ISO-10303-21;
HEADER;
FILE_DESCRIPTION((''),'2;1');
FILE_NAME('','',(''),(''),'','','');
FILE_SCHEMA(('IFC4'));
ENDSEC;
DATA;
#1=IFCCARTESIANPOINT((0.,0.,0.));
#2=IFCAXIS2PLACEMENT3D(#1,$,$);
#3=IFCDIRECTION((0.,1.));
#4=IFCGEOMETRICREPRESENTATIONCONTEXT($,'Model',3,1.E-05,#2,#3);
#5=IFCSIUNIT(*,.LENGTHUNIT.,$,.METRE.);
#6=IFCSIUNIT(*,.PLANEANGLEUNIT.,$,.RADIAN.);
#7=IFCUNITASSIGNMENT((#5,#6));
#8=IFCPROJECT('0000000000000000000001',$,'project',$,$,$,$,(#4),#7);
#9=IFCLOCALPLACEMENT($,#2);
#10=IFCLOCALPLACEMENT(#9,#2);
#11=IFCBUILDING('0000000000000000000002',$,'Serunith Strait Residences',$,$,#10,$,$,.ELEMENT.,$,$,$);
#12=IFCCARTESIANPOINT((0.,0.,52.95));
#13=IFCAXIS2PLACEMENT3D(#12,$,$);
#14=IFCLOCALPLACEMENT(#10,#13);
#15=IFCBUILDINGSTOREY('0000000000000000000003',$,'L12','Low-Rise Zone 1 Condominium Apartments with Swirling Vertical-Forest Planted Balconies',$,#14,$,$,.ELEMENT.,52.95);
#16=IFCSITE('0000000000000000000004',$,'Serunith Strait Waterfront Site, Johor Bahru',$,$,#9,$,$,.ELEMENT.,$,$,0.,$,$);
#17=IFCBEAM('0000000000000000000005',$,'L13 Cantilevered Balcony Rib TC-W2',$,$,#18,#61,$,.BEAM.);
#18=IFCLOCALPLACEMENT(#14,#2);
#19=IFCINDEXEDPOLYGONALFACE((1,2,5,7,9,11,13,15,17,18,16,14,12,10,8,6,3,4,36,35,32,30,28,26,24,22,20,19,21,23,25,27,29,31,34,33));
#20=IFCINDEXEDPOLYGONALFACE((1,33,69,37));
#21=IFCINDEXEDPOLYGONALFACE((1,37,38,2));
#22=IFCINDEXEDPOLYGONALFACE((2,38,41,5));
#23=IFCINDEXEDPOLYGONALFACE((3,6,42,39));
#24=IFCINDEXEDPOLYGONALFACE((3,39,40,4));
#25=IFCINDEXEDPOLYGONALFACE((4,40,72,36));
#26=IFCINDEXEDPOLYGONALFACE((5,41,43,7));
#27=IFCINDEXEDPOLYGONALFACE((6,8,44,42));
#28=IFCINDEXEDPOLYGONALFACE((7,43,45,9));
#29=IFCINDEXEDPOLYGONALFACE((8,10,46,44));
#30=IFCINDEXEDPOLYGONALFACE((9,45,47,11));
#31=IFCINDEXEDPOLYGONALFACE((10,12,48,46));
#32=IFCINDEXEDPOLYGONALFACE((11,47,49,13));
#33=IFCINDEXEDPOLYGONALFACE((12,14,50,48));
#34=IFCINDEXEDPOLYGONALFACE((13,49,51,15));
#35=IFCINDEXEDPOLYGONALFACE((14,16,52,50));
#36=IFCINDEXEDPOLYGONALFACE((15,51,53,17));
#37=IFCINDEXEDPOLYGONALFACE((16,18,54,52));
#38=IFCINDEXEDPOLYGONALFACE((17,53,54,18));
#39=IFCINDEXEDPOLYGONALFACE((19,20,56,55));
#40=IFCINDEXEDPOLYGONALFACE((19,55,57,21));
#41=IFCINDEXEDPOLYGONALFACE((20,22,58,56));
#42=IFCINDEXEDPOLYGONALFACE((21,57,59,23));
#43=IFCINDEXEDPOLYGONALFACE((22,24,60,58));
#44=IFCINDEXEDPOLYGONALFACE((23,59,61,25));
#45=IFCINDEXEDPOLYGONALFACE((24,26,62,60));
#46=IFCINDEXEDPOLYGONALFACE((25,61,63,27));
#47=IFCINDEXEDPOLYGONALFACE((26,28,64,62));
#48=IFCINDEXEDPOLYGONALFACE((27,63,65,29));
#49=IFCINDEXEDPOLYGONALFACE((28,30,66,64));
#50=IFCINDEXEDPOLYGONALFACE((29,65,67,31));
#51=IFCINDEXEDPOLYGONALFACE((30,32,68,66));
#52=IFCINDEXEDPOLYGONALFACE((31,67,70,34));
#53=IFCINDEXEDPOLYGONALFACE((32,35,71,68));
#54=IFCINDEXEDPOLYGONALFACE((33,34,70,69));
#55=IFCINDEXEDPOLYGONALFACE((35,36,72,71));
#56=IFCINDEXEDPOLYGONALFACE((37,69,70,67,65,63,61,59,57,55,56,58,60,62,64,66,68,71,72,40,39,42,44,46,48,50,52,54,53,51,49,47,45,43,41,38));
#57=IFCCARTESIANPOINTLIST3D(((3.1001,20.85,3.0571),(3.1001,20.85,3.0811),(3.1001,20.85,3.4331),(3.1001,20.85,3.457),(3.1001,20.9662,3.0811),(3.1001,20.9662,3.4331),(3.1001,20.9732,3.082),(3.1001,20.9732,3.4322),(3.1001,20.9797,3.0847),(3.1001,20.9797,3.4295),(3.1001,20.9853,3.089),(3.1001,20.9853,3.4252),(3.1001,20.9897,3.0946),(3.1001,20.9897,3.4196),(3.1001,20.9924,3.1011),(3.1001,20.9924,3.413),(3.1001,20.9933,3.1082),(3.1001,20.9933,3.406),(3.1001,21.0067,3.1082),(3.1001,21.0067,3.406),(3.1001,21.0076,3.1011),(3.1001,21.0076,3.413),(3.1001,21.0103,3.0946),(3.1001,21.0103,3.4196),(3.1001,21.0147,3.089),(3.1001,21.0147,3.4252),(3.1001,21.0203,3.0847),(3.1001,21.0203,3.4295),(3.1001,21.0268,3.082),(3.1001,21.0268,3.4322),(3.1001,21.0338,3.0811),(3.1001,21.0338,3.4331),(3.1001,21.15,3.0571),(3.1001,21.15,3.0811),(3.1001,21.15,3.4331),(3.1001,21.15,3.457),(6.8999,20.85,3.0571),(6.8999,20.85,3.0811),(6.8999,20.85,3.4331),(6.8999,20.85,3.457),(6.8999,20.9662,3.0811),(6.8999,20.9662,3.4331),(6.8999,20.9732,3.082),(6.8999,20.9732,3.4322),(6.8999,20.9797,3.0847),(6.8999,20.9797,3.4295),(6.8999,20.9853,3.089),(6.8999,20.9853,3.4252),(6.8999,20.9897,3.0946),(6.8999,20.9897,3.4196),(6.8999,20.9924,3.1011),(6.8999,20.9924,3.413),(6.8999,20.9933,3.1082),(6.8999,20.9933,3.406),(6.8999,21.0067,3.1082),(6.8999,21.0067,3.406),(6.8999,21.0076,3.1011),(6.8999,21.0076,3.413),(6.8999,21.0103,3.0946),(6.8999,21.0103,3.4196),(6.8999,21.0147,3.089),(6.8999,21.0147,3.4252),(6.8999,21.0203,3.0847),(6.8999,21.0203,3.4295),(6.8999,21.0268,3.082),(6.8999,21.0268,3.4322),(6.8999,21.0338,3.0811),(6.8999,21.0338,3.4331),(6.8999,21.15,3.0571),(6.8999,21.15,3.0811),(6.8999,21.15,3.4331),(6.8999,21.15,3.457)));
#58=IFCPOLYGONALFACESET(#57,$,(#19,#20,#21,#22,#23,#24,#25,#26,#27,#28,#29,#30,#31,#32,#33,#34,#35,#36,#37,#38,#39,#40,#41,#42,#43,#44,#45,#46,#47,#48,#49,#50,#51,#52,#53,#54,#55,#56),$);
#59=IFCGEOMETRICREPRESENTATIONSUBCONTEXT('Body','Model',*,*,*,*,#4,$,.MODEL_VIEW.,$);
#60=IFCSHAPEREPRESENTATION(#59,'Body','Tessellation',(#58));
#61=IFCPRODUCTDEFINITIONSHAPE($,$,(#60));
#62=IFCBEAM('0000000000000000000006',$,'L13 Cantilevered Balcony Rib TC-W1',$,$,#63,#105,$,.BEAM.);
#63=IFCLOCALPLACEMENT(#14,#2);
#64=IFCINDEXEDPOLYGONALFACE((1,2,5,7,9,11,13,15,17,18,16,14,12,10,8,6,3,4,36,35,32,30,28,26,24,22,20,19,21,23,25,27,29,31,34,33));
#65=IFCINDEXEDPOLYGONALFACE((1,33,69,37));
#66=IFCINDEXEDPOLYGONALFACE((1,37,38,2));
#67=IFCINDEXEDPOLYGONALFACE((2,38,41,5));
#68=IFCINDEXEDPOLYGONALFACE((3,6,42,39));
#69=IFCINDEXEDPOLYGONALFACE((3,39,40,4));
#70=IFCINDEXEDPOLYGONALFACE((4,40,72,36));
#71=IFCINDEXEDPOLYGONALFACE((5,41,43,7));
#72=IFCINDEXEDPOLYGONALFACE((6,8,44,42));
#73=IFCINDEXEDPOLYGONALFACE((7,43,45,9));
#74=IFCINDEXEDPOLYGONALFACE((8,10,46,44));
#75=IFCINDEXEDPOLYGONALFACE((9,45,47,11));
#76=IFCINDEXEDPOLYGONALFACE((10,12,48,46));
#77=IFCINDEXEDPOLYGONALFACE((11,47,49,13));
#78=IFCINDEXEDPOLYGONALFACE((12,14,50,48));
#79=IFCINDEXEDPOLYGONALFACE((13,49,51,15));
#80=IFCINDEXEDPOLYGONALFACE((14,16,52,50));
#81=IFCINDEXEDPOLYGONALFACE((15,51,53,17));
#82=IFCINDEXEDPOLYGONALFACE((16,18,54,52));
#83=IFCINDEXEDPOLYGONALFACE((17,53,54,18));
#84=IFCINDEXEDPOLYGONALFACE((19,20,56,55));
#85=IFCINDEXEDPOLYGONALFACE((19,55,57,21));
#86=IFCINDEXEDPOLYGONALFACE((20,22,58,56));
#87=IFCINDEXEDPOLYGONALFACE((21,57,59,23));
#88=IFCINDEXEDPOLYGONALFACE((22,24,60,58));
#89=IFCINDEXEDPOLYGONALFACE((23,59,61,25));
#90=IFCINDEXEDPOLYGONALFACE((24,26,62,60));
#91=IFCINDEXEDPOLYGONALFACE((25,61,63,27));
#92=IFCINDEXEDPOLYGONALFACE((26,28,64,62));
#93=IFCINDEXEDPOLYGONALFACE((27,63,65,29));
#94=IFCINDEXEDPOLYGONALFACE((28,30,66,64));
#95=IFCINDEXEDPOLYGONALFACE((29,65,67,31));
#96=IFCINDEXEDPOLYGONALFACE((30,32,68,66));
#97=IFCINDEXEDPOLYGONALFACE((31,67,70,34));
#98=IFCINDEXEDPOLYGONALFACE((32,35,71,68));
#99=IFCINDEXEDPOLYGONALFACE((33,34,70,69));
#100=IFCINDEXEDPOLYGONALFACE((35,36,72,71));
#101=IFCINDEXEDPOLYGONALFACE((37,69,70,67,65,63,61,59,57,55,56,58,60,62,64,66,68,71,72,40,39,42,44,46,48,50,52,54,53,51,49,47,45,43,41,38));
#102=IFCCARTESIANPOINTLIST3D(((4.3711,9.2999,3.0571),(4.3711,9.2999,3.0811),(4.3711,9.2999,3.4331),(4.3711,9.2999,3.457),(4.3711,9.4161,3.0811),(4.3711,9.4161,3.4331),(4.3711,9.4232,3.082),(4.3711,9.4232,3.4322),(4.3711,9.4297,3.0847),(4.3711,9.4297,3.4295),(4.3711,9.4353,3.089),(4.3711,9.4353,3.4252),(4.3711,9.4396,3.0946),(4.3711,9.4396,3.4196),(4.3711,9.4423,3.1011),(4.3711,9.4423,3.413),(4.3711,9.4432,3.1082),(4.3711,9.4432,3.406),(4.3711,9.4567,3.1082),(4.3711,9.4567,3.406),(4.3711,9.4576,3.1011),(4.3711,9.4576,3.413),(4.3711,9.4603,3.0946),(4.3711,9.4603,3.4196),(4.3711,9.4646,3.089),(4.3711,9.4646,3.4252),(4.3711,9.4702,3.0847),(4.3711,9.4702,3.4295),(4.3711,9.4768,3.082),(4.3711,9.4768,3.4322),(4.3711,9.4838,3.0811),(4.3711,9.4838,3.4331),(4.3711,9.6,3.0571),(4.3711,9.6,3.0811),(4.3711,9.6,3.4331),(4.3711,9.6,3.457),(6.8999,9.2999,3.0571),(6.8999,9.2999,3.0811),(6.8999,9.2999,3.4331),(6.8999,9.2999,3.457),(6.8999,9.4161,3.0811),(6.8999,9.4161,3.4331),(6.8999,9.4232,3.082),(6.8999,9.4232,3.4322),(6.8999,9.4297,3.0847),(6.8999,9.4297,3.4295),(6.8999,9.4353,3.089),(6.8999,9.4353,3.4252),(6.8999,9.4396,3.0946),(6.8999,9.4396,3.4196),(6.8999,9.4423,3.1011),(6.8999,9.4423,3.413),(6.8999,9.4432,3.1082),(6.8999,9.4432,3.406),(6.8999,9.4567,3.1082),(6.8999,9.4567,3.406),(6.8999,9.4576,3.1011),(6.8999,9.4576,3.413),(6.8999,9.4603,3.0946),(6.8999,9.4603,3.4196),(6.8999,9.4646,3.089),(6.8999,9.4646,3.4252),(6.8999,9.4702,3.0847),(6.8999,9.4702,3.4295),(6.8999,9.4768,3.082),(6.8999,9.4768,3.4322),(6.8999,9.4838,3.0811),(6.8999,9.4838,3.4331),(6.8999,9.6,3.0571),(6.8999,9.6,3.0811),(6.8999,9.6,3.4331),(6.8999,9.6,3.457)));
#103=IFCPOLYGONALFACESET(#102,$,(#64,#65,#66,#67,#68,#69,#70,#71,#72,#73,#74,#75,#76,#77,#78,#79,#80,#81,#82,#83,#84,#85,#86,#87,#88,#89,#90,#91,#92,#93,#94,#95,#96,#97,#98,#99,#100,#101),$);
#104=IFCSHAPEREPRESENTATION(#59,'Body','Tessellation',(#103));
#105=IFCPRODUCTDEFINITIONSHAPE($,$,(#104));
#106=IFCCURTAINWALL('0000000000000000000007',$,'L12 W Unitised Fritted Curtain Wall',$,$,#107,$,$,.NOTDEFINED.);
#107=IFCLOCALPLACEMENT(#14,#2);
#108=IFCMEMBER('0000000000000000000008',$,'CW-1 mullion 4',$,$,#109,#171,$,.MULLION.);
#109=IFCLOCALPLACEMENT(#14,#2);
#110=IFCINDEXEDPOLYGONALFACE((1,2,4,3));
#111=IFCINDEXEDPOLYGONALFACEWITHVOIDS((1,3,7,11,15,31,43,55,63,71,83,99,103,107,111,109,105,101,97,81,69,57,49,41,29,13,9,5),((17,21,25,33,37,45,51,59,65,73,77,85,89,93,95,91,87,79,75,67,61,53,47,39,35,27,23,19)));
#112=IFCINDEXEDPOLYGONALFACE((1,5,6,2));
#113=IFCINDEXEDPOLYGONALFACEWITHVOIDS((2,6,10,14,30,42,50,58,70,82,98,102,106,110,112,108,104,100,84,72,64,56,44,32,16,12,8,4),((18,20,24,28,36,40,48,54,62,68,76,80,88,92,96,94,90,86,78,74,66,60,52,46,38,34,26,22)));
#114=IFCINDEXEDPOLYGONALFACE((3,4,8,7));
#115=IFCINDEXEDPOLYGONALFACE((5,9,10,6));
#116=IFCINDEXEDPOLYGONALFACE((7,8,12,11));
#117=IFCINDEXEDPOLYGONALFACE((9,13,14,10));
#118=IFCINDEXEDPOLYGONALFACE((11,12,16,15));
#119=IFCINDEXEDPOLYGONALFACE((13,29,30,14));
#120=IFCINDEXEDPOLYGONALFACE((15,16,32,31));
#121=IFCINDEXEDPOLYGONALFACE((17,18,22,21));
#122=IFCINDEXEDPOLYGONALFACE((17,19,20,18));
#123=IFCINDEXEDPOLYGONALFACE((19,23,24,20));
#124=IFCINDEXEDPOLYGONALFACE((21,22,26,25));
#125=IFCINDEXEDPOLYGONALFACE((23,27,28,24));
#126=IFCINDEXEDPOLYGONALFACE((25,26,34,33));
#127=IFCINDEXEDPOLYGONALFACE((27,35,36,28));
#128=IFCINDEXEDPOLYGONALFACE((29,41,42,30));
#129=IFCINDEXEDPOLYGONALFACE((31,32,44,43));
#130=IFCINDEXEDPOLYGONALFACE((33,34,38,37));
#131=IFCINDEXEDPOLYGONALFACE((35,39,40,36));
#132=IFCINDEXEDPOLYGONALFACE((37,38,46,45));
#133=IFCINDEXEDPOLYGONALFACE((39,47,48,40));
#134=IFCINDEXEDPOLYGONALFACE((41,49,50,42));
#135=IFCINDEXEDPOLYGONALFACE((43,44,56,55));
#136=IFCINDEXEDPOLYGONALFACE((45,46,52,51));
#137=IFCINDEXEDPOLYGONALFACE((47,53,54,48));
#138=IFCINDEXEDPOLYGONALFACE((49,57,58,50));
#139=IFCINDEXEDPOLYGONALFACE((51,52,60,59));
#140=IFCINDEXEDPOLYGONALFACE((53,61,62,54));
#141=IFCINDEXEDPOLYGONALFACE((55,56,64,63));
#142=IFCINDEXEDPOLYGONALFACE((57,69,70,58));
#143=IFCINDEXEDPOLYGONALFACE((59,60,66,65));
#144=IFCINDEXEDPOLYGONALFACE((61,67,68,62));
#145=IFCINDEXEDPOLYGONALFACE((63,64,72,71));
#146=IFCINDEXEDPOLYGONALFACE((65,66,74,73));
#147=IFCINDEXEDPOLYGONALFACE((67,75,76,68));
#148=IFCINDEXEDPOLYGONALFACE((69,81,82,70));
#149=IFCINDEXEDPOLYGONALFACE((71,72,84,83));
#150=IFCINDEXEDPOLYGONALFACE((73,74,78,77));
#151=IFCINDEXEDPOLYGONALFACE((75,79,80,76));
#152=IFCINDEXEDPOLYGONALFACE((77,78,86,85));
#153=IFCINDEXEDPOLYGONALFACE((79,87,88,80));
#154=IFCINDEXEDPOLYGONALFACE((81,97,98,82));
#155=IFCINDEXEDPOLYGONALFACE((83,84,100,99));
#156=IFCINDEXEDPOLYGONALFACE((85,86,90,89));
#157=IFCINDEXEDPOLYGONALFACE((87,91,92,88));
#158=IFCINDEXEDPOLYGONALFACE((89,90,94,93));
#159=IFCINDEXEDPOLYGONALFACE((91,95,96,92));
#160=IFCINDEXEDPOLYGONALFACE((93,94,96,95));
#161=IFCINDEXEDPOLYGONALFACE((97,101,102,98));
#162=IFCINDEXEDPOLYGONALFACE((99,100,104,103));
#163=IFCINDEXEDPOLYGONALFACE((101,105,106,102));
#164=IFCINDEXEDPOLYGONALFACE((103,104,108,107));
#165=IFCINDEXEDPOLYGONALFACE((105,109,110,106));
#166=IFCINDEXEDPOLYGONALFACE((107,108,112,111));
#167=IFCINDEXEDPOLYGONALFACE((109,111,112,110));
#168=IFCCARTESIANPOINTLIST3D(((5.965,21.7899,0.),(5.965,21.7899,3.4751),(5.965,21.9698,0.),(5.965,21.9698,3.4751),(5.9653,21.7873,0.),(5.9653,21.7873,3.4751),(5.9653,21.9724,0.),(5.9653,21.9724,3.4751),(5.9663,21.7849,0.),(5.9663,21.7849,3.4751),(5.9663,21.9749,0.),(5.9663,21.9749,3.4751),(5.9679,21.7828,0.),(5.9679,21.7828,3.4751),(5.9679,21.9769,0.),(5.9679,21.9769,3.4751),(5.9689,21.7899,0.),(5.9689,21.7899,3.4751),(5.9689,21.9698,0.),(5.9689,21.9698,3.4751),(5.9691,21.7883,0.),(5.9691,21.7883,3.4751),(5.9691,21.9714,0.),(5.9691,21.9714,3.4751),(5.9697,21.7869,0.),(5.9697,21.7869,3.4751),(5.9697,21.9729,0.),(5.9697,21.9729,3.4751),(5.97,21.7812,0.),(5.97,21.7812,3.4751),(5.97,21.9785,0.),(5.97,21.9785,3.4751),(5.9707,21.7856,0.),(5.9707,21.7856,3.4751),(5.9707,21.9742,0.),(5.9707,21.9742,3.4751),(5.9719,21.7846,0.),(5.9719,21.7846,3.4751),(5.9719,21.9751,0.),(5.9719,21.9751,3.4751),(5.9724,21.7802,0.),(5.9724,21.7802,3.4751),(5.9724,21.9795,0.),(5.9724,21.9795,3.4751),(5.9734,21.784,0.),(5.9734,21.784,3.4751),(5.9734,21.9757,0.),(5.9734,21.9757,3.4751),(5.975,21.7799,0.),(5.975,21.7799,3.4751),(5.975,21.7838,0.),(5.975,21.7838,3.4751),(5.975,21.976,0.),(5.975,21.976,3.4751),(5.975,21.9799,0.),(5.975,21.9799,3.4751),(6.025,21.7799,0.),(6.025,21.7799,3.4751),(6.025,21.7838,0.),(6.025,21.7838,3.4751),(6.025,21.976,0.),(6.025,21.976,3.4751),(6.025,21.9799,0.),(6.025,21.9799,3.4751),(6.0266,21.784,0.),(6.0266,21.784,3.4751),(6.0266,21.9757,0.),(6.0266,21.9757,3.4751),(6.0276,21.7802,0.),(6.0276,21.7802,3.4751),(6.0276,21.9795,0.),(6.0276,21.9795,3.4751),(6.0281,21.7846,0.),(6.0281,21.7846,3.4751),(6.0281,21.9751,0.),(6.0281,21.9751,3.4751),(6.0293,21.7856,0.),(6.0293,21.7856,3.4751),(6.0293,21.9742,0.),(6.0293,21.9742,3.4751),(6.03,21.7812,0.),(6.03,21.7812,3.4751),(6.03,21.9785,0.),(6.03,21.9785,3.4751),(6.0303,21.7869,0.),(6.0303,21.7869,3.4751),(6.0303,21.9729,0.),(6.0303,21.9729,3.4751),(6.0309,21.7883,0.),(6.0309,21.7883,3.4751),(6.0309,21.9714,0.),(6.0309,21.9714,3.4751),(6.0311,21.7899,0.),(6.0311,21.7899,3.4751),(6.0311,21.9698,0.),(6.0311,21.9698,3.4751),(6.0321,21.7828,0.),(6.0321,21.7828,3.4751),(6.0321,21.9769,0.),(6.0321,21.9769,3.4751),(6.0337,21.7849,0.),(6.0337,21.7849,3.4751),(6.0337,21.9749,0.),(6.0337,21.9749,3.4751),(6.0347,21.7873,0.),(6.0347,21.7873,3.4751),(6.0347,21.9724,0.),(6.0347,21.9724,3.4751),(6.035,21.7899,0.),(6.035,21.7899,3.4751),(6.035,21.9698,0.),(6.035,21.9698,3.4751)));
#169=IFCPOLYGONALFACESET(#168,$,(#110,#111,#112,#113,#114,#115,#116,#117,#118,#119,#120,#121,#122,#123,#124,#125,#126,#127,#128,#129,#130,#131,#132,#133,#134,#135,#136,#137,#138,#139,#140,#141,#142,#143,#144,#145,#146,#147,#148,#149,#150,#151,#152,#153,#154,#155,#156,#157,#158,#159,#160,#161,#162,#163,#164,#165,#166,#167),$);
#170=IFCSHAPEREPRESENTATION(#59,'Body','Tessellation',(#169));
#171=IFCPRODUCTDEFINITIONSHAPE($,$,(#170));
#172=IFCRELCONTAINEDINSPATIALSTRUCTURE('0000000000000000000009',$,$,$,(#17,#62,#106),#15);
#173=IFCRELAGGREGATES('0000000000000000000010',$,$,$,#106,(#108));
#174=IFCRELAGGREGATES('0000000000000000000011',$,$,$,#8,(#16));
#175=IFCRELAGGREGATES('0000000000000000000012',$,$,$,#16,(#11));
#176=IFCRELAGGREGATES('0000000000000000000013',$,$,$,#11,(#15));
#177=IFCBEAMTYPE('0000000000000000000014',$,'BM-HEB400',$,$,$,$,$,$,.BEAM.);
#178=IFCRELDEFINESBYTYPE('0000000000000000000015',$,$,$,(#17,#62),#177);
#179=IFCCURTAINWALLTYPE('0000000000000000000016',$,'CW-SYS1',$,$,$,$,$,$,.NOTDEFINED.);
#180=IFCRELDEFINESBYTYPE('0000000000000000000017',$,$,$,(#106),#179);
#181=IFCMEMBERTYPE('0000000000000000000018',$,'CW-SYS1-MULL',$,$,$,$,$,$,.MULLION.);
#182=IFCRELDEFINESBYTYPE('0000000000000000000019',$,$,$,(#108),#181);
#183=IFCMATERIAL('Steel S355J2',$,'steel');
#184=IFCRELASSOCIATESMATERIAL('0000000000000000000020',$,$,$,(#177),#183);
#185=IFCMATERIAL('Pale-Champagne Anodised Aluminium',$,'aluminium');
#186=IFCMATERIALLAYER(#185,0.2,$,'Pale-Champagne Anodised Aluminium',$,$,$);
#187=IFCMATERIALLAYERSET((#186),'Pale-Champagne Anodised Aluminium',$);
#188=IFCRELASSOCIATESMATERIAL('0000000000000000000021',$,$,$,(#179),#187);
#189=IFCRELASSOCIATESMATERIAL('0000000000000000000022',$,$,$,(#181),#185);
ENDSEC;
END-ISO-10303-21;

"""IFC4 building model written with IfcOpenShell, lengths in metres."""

from ifc_helpers import new_model, si_unit, direction, frame, origin, origin_2d, place, context, subcontext, project, spatial, hollow_rectangle, i_section, extrude, source, transform, mapped, material, layer, layer_set, material_profile, profile_set, type_object, element, aggregate, save


model = new_model("IFC4")

# Units and contexts
model_context = context("Model", 3, precision=1e-05, world=origin(), true_north=direction((0.0, 1.0)))
body_context = subcontext(model_context, "Body", "Model", "MODEL_VIEW")
ifc_project = project(units=[si_unit("LENGTHUNIT", "METRE"), si_unit("PLANEANGLEUNIT", "RADIAN")], contexts=[model_context])

# Site, building, storey
site_placement = place(None, origin())
site = spatial("IfcSite", under=ifc_project, at=site_placement, Name="Serunith Strait Waterfront Site, Johor Bahru", CompositionType="ELEMENT", RefElevation=0.0)
building_placement = place(site_placement, origin())
building = spatial("IfcBuilding", under=site, at=building_placement, Name="Serunith Strait Residences", CompositionType="ELEMENT")
storey_placement = place(building_placement, frame((0.0, 0.0, 52.95)))
storey = spatial("IfcBuildingStorey", under=building, at=storey_placement, Name="L12", Description="Low-Rise Zone 1 Condominium Apartments with Swirling Vertical-Forest Planted Balconies", CompositionType="ELEMENT", Elevation=52.95)

# Beams
ifc_material_1 = material(Name="Steel S355J2", Category="steel")
ifc_material_profile_1 = material_profile(ifc_material_1, i_section(OverallWidth=0.3, OverallDepth=0.3999, WebThickness=0.0134, FlangeThickness=0.0239, FilletRadius=0.0271, at=origin_2d()), Name="HEB 400")
ifc_profile_set_1 = profile_set([ifc_material_profile_1], Name="Steel S355J2")
beam_type_1 = type_object("IfcBeamType", Name="BM-HEB400", PredefinedType="BEAM", material=ifc_profile_set_1)
shared_shape_1 = source(origin(), body_context, "Body", "SweptSolid", [
    extrude(i_section(OverallWidth=0.3, OverallDepth=0.3999, WebThickness=0.0134, FlangeThickness=0.0239, FilletRadius=0.0271, at=origin_2d()), origin(), (0.0, 0.0, 1.0), 3.7998),
])
beam_1_placement = place(storey_placement, frame((6.8999, 21.0, 3.2571), z_axis=(-1.0, 0.0, 0.0), x_axis=(0.0, -1.0, 0.0)))
element("IfcBeam", 1, at=beam_1_placement, inside=storey, type_object=beam_type_1, Name="L13 Cantilevered Balcony Rib TC-W2", PredefinedType="BEAM", context=body_context, shape_type="MappedRepresentation", body=[
    mapped(shared_shape_1, transform((0.0, 0.0, 0.0), scale=1.0)),
])
shared_shape_2 = source(origin(), body_context, "Body", "SweptSolid", [
    extrude(i_section(OverallWidth=0.3, OverallDepth=0.3999, WebThickness=0.0134, FlangeThickness=0.0239, FilletRadius=0.0271, at=origin_2d()), origin(), (0.0, 0.0, 1.0), 2.5288),
])
beam_2_placement = place(storey_placement, frame((6.8999, 9.45, 3.2571), z_axis=(-1.0, 0.0, 0.0), x_axis=(0.0, -1.0, 0.0)))
element("IfcBeam", 2, at=beam_2_placement, inside=storey, type_object=beam_type_1, Name="L13 Cantilevered Balcony Rib TC-W1", PredefinedType="BEAM", context=body_context, shape_type="MappedRepresentation", body=[
    mapped(shared_shape_2, transform((0.0, 0.0, 0.0), scale=1.0)),
])

# Curtain wall, member
ifc_material_2 = material(Name="Pale-Champagne Anodised Aluminium", Category="aluminium")
ifc_layer_1 = layer(ifc_material_2, 0.2, Name="Pale-Champagne Anodised Aluminium")
ifc_layer_set_1 = layer_set([ifc_layer_1], Name="Pale-Champagne Anodised Aluminium")
curtain_wall_type = type_object("IfcCurtainWallType", Name="CW-SYS1", PredefinedType="NOTDEFINED", material=ifc_layer_set_1)
curtain_wall_placement = place(storey_placement, origin())
curtain_wall = element("IfcCurtainWall", 3, at=curtain_wall_placement, inside=storey, type_object=curtain_wall_type, Name="L12 W Unitised Fritted Curtain Wall", PredefinedType="NOTDEFINED")
ifc_material_profile_2 = material_profile(ifc_material_2, hollow_rectangle(XDim=0.0701, YDim=0.2, WallThickness=0.0039, InnerFilletRadius=0.0061, OuterFilletRadius=0.01, at=origin_2d()), Name="ALU 200x70x4")
ifc_profile_set_2 = profile_set([ifc_material_profile_2], Name="Pale-Champagne Anodised Aluminium")
member_type_1 = type_object("IfcMemberType", Name="CW-SYS1-MULL", PredefinedType="MULLION", material=ifc_profile_set_2)
shared_shape_3 = source(origin(), body_context, "Body", "SweptSolid", [
    extrude(hollow_rectangle(XDim=0.0701, YDim=0.2, WallThickness=0.0039, InnerFilletRadius=0.0061, OuterFilletRadius=0.01, at=origin_2d()), origin(), (0.0, 0.0, 1.0), 3.4751),
])
member_1_placement = place(storey_placement, frame((6.0, 21.8799, 0.0), z_axis=(0.0, 0.0, 1.0), x_axis=(1.0, 0.0, 0.0)))
member_1 = element("IfcMember", 4, at=member_1_placement, type_object=member_type_1, Name="CW-1 mullion 4", PredefinedType="MULLION", context=body_context, shape_type="MappedRepresentation", body=[
    mapped(shared_shape_3, transform((0.0, 0.0, 0.0), scale=1.0)),
])
aggregate(curtain_wall, [member_1])

save(model, "model.ifc")
